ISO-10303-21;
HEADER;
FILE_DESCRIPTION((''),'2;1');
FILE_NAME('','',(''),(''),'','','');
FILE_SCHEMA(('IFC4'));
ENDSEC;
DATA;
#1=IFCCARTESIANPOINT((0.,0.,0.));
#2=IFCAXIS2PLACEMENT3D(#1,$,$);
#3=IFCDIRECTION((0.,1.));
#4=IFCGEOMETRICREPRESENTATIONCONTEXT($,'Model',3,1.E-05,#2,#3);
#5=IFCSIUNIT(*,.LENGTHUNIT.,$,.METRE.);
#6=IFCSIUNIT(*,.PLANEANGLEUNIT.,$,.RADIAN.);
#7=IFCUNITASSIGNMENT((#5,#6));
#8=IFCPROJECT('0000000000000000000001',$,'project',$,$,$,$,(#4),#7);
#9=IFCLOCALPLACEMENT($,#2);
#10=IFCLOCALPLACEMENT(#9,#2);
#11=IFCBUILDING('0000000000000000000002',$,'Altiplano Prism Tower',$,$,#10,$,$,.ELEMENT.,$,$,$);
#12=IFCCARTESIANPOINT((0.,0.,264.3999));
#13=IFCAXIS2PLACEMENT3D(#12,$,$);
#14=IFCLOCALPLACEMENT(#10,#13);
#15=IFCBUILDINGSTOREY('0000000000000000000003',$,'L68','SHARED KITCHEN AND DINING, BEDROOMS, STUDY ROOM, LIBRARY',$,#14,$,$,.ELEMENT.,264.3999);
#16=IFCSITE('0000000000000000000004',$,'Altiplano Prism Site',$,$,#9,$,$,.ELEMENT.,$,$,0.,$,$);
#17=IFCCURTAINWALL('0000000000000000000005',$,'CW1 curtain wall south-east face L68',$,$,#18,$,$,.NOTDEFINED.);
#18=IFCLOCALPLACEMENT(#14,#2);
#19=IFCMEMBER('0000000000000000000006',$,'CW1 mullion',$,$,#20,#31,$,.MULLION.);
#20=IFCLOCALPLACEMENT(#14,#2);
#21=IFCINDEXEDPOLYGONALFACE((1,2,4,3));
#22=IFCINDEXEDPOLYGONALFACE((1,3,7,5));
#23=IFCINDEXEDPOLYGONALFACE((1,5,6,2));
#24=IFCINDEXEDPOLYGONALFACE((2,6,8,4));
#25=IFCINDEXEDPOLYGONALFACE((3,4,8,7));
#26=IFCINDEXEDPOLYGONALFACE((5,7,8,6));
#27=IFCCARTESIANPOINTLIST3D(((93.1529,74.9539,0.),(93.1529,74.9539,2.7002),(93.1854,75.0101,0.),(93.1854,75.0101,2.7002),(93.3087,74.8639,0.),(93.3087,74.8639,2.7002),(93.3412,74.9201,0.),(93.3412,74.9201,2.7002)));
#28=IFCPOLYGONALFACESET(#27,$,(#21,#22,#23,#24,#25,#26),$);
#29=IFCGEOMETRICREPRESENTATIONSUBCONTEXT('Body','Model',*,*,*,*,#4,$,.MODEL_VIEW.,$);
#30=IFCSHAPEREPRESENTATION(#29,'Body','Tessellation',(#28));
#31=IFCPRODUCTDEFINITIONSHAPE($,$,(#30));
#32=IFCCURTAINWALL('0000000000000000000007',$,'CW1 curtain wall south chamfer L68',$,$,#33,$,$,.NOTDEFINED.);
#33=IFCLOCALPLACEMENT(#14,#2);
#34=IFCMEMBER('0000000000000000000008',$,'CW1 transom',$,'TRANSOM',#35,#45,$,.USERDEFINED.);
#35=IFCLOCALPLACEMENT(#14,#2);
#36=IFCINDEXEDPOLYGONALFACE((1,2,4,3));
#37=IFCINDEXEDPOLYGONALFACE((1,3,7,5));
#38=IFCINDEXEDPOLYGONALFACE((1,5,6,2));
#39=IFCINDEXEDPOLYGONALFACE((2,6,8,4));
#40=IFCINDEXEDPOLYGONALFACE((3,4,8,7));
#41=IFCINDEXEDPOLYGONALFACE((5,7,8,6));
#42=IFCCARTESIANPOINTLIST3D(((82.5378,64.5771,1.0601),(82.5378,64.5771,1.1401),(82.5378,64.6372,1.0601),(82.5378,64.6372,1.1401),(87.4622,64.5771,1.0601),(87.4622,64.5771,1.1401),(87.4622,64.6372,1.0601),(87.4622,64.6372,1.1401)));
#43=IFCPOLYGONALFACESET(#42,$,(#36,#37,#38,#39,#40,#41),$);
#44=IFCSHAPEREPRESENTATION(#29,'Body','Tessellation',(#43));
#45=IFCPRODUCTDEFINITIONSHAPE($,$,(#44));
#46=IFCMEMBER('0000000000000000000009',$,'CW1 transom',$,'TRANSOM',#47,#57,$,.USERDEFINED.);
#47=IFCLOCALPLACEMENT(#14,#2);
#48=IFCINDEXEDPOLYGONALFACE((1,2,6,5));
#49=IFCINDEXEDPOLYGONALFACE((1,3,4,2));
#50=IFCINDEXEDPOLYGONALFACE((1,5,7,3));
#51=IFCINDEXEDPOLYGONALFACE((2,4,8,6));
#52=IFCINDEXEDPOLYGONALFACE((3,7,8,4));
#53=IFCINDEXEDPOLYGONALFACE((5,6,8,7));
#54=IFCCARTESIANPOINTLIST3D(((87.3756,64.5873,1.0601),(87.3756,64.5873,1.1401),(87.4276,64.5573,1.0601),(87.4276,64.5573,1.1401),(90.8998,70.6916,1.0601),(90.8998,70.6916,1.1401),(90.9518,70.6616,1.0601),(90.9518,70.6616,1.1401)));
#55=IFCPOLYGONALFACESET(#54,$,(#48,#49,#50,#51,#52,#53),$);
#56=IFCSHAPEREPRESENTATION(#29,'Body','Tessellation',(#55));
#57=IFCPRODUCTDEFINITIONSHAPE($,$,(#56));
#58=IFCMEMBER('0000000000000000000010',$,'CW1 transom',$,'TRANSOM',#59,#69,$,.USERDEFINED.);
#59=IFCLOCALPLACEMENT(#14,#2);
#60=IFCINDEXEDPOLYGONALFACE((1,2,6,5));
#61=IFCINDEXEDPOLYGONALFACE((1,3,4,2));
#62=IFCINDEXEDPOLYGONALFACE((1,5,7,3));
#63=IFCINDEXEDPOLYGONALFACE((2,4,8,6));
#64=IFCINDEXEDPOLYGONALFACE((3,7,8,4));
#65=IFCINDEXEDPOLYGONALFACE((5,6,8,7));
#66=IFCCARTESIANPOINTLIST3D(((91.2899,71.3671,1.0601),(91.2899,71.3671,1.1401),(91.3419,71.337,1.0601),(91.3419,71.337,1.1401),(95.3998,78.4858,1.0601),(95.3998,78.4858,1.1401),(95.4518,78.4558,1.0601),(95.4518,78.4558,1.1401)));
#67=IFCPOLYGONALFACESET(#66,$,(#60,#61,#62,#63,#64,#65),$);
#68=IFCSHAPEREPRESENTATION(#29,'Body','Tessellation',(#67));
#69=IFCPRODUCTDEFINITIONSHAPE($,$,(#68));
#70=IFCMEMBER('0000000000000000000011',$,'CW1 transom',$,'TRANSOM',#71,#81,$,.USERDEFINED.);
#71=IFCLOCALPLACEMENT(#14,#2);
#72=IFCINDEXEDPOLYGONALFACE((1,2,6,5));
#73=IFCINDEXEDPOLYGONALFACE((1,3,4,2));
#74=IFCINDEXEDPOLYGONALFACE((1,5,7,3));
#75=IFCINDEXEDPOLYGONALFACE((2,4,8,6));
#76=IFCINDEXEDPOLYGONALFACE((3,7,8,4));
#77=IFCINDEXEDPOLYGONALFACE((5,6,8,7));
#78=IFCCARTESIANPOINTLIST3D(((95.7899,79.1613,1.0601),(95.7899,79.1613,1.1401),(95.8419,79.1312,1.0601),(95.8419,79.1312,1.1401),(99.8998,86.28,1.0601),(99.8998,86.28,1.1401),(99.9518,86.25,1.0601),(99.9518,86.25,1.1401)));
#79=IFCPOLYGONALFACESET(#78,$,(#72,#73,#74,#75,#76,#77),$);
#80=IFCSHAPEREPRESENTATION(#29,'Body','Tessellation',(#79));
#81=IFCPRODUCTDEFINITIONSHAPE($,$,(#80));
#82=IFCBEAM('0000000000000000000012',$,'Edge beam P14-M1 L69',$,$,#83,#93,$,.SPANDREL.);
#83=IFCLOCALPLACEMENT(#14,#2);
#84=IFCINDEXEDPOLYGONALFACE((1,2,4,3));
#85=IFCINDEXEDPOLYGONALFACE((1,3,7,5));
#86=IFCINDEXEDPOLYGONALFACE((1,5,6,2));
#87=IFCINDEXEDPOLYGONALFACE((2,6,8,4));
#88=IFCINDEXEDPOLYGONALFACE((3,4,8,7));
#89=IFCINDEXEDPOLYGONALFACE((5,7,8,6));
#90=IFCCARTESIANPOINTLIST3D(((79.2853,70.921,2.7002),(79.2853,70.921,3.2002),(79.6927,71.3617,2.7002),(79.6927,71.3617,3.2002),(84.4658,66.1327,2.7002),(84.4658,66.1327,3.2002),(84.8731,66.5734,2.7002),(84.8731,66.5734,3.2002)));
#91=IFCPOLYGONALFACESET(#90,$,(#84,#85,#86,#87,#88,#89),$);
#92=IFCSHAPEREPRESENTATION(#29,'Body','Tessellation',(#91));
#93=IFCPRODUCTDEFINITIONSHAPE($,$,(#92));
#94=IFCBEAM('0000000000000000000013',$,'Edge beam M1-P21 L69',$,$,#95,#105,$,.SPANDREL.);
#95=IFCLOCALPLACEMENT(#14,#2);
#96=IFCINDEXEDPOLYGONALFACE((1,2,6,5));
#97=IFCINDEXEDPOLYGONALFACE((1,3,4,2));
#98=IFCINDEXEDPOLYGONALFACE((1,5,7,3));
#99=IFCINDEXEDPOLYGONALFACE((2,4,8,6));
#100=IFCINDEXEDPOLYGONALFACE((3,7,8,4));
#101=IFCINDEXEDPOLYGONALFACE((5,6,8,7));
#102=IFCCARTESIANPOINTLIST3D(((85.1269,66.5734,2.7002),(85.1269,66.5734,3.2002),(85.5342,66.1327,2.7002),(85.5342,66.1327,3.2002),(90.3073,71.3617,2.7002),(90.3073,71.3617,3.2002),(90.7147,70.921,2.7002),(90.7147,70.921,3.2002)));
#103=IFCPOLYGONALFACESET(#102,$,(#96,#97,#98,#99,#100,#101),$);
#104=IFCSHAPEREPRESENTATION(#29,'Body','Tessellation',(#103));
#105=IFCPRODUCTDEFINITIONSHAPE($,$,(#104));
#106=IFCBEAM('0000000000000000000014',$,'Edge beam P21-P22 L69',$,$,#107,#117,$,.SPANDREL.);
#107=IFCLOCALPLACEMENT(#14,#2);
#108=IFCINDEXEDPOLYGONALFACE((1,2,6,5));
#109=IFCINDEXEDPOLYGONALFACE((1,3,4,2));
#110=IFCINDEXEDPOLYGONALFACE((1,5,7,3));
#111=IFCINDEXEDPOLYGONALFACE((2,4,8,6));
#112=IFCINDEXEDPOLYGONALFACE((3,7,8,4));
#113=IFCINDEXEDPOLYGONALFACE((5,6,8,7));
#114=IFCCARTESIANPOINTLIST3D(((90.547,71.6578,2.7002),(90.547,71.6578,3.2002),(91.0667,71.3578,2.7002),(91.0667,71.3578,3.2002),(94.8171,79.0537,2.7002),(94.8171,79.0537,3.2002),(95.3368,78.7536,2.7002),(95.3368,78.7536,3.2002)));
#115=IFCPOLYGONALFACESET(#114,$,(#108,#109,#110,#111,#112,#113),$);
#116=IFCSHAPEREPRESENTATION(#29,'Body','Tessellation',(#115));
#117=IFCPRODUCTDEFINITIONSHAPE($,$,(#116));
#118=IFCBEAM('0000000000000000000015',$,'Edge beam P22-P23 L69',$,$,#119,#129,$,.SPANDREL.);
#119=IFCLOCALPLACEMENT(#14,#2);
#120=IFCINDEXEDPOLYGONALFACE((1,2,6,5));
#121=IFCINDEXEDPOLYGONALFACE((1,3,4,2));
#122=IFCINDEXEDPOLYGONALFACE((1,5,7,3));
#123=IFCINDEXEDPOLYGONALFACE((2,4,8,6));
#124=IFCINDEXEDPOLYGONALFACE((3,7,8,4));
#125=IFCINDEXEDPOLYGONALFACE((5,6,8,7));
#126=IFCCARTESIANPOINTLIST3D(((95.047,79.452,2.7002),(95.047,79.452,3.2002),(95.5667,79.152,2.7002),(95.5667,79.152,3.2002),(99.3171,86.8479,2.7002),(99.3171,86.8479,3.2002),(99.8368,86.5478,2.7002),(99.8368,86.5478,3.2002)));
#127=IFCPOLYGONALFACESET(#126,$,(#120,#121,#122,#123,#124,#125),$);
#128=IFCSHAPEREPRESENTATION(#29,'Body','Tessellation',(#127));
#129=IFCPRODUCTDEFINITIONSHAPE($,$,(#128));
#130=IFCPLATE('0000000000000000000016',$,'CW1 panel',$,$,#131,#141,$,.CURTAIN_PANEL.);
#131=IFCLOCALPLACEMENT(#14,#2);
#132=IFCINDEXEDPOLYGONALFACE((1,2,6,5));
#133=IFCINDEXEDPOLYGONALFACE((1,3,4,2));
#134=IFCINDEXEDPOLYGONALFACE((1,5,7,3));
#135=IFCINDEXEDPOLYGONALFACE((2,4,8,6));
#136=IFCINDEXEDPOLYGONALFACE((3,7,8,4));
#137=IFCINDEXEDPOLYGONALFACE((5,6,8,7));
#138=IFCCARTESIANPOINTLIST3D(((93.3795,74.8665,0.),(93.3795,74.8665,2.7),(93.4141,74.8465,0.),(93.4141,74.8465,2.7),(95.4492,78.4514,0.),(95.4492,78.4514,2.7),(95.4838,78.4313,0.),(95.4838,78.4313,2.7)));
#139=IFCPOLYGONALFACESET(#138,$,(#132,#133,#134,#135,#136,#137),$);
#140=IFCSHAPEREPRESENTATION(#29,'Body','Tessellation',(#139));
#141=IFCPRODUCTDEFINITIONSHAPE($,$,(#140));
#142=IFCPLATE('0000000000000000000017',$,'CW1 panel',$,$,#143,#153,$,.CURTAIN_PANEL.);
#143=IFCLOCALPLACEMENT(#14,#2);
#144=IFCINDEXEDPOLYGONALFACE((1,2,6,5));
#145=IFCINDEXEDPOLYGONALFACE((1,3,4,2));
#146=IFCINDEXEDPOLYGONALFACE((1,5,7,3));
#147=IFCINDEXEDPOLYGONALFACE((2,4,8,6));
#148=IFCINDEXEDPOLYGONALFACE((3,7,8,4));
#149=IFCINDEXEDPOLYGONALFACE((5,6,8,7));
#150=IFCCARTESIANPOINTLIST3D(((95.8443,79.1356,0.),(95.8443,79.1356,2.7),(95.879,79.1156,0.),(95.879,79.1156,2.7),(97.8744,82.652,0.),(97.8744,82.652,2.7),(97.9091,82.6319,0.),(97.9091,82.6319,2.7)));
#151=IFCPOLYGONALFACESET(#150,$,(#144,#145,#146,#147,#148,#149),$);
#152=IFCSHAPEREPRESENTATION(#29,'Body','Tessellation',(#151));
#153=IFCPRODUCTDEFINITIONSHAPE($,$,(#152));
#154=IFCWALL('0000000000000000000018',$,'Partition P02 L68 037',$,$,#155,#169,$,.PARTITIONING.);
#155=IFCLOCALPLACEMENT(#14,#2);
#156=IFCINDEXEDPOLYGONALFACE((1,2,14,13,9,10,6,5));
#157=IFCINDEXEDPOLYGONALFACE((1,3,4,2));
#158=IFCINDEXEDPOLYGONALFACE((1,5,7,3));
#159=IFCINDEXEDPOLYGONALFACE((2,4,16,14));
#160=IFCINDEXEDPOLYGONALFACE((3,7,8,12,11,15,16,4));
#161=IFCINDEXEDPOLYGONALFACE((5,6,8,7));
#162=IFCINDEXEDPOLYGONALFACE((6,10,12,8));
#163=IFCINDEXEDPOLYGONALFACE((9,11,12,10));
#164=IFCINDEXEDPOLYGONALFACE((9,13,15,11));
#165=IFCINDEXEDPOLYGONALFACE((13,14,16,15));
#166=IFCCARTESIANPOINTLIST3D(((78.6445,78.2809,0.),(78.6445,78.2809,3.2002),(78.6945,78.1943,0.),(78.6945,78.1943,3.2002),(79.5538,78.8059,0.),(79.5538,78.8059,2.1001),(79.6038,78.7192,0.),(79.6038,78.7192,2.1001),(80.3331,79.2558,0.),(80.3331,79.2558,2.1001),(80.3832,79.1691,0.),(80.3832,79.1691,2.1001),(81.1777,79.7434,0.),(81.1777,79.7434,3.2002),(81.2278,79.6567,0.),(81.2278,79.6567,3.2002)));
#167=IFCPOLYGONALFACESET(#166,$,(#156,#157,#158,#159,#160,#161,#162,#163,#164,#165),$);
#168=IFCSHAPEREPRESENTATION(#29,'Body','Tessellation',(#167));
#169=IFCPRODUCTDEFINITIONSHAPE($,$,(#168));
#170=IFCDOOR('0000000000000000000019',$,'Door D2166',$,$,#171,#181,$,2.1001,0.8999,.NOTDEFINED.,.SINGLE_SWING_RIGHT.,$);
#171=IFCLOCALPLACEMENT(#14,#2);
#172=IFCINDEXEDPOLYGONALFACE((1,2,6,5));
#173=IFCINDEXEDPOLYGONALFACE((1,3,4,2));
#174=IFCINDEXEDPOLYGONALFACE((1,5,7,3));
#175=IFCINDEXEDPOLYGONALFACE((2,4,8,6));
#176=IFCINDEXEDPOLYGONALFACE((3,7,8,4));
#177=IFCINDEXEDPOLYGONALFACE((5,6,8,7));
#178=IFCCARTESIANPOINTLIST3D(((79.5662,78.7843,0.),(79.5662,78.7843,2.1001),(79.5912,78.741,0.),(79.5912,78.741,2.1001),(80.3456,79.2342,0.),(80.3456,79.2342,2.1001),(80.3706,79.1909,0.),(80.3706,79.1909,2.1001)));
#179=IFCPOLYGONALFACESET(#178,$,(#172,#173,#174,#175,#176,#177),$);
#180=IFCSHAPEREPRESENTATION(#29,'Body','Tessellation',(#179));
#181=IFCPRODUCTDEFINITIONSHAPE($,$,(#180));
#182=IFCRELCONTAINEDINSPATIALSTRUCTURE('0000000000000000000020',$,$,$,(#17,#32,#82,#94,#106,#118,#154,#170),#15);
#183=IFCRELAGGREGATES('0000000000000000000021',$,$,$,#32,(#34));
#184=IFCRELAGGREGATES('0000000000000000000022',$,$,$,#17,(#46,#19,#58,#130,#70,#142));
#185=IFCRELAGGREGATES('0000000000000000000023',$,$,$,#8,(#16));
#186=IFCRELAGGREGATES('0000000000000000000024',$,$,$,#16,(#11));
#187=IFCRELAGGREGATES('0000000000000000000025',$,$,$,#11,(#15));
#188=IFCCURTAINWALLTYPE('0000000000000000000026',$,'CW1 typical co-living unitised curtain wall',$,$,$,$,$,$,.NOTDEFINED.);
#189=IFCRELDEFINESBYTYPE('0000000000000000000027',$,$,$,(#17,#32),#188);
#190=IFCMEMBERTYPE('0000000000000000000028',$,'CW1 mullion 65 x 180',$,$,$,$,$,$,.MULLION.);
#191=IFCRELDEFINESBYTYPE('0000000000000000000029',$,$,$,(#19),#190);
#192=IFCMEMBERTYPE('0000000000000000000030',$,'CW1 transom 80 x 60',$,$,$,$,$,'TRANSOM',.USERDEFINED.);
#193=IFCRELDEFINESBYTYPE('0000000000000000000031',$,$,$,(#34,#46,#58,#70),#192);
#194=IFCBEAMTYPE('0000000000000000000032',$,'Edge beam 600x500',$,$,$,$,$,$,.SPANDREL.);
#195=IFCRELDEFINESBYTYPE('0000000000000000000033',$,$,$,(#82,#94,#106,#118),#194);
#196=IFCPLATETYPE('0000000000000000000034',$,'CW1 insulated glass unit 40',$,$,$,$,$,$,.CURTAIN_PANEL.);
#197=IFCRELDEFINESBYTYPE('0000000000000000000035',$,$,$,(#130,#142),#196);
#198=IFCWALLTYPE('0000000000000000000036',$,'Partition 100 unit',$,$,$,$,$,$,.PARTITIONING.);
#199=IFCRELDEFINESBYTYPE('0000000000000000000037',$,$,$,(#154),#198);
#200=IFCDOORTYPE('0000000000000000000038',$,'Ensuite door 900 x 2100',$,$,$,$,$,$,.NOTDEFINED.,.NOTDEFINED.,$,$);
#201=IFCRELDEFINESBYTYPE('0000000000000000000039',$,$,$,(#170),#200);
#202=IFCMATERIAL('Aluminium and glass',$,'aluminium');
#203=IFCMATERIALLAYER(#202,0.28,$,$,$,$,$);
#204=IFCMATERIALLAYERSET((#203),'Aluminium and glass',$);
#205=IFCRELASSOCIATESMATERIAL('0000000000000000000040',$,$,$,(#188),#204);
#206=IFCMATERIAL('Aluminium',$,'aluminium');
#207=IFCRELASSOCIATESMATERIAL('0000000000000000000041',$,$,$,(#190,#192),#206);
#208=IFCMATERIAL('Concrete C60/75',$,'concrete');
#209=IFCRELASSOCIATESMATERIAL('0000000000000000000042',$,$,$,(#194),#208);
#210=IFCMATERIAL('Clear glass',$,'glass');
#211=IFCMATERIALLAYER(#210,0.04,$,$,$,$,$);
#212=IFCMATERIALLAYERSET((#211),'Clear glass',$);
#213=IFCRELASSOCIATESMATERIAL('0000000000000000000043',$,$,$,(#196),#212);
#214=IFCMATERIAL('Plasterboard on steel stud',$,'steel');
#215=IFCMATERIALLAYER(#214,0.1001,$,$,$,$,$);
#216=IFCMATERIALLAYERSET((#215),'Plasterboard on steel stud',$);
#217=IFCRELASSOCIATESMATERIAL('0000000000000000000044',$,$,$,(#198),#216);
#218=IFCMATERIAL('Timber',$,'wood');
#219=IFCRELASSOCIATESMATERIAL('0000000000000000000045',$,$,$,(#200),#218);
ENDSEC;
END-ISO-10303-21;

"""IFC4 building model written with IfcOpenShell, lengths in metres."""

from ifc_helpers import new_model, si_unit, direction, frame, frame_2d, origin, origin_2d, place, context, subcontext, project, spatial, rectangle, extrude, material, layer, layer_set, material_profile, profile_set, type_object, element, fill, aggregate, save


model = new_model("IFC4")

# Units and contexts
model_context = context("Model", 3, precision=1e-05, world=origin(), true_north=direction((0.0, 1.0)))
body_context = subcontext(model_context, "Body", "Model", "MODEL_VIEW")
ifc_project = project(units=[si_unit("LENGTHUNIT", "METRE"), si_unit("PLANEANGLEUNIT", "RADIAN")], contexts=[model_context])

# Site, building, storey
site_placement = place(None, origin())
site = spatial("IfcSite", under=ifc_project, at=site_placement, Name="Altiplano Prism Site", CompositionType="ELEMENT", RefElevation=0.0)
building_placement = place(site_placement, origin())
building = spatial("IfcBuilding", under=site, at=building_placement, Name="Altiplano Prism Tower", CompositionType="ELEMENT")
storey_placement = place(building_placement, frame((0.0, 0.0, 264.3999)))
storey = spatial("IfcBuildingStorey", under=building, at=storey_placement, Name="L68", Description="SHARED KITCHEN AND DINING, BEDROOMS, STUDY ROOM, LIBRARY", CompositionType="ELEMENT", Elevation=264.3999)

# Curtain walls, members
ifc_material_1 = material(Name="Aluminium and glass", Category="aluminium")
ifc_layer_1 = layer(ifc_material_1, 0.28)
ifc_layer_set_1 = layer_set([ifc_layer_1], Name="Aluminium and glass")
curtain_wall_type = type_object("IfcCurtainWallType", Name="CW1 typical co-living unitised curtain wall", PredefinedType="NOTDEFINED", material=ifc_layer_set_1)
curtain_wall_1_placement = place(storey_placement, origin())
curtain_wall_1 = element("IfcCurtainWall", 1, at=curtain_wall_1_placement, inside=storey, type_object=curtain_wall_type, Name="CW1 curtain wall south-east face L68", PredefinedType="NOTDEFINED")
ifc_material_2 = material(Name="Aluminium", Category="aluminium")
ifc_material_profile_1 = material_profile(ifc_material_2, rectangle(XDim=0.1799, YDim=0.0649, at=origin_2d()), Name="CW1 mullion 65 x 180")
ifc_profile_set_1 = profile_set([ifc_material_profile_1], Name="Aluminium")
member_type_1 = type_object("IfcMemberType", Name="CW1 mullion 65 x 180", PredefinedType="MULLION", material=ifc_profile_set_1)
member_1_placement = place(storey_placement, frame((93.2471, 74.937, 0.0), z_axis=(0.0, 0.0, 1.0), x_axis=(-0.866025, 0.5, 0.0)))
member_1 = element("IfcMember", 2, at=member_1_placement, type_object=member_type_1, Name="CW1 mullion", PredefinedType="MULLION", context=body_context, shape_type="SweptSolid", body=[
    extrude(rectangle(XDim=0.1799, YDim=0.0649, at=origin_2d()), origin(), (0.0, 0.0, 1.0), 2.7002),
])
curtain_wall_2_placement = place(storey_placement, origin())
curtain_wall_2 = element("IfcCurtainWall", 3, at=curtain_wall_2_placement, inside=storey, type_object=curtain_wall_type, Name="CW1 curtain wall south chamfer L68", PredefinedType="NOTDEFINED")
ifc_material_profile_2 = material_profile(ifc_material_2, rectangle(XDim=0.0601, YDim=0.0801, at=origin_2d()), Name="CW1 transom 80 x 60")
ifc_profile_set_2 = profile_set([ifc_material_profile_2], Name="Aluminium")
member_type_2 = type_object("IfcMemberType", Name="CW1 transom 80 x 60", ElementType="TRANSOM", PredefinedType="USERDEFINED", material=ifc_profile_set_2)
member_2_placement = place(storey_placement, frame((82.5378, 64.6072, 1.1001), z_axis=(1.0, 0.0, 0.0), x_axis=(0.0, 1.0, 0.0)))
member_2 = element("IfcMember", 4, at=member_2_placement, type_object=member_type_2, Name="CW1 transom", ObjectType="TRANSOM", PredefinedType="USERDEFINED", context=body_context, shape_type="SweptSolid", body=[
    extrude(rectangle(XDim=0.0601, YDim=0.0801, at=origin_2d()), origin(), (0.0, 0.0, 1.0), 4.9243),
])
aggregate(curtain_wall_2, [member_2])

# Members
member_3_placement = place(storey_placement, frame((87.4016, 64.5723, 1.1001), z_axis=(0.499987, 0.866033, 0.0), x_axis=(-0.866033, 0.499987, 0.0)))
member_3 = element("IfcMember", 5, at=member_3_placement, type_object=member_type_2, Name="CW1 transom", ObjectType="TRANSOM", PredefinedType="USERDEFINED", context=body_context, shape_type="SweptSolid", body=[
    extrude(rectangle(XDim=0.0601, YDim=0.0801, at=origin_2d()), origin(), (0.0, 0.0, 1.0), 7.0486),
])
member_4_placement = place(storey_placement, frame((91.3159, 71.3521, 1.1001), z_axis=(0.499992, 0.86603, 0.0), x_axis=(-0.86603, 0.499992, 0.0)))
member_4 = element("IfcMember", 6, at=member_4_placement, type_object=member_type_2, Name="CW1 transom", ObjectType="TRANSOM", PredefinedType="USERDEFINED", context=body_context, shape_type="SweptSolid", body=[
    extrude(rectangle(XDim=0.0601, YDim=0.0801, at=origin_2d()), origin(), (0.0, 0.0, 1.0), 8.22),
])
member_5_placement = place(storey_placement, frame((95.8159, 79.1462, 1.1001), z_axis=(0.499992, 0.86603, 0.0), x_axis=(-0.86603, 0.499992, 0.0)))
member_5 = element("IfcMember", 7, at=member_5_placement, type_object=member_type_2, Name="CW1 transom", ObjectType="TRANSOM", PredefinedType="USERDEFINED", context=body_context, shape_type="SweptSolid", body=[
    extrude(rectangle(XDim=0.0601, YDim=0.0801, at=origin_2d()), origin(), (0.0, 0.0, 1.0), 8.22),
])

# Beams
ifc_material_3 = material(Name="Concrete C60/75", Category="concrete")
ifc_material_profile_3 = material_profile(ifc_material_3, rectangle(XDim=0.6001, YDim=0.5, at=origin_2d()), Name="Edge beam 600x500")
ifc_profile_set_3 = profile_set([ifc_material_profile_3], Name="Concrete C60/75")
beam_type = type_object("IfcBeamType", Name="Edge beam 600x500", PredefinedType="SPANDREL", material=ifc_profile_set_3)
for number, where, z_axis, x_axis, name in (
    (8, (79.489, 71.1414, 2.9502), (0.734351, -0.67877, 0.0), (0.67877, 0.734351, 0.0), "Edge beam P14-M1 L69"),
    (9, (85.3306, 66.353, 2.9502), (0.734351, 0.67877, 0.0), (-0.67877, 0.734351, 0.0), "Edge beam M1-P21 L69"),
):
    element("IfcBeam", number, at=place(storey_placement, frame(where, z_axis=z_axis, x_axis=x_axis)), inside=storey, type_object=beam_type, Name=name, PredefinedType="SPANDREL", context=body_context, shape_type="SweptSolid", body=[
        extrude(rectangle(XDim=0.6001, YDim=0.5, at=origin_2d()), origin(), (0.0, 0.0, 1.0), 7.0544),
    ])
for number, where, z_axis, x_axis, name in (
    (10, (90.8069, 71.5078, 2.9502), (0.500007, 0.866021, 0.0), (-0.866021, 0.500007, 0.0), "Edge beam P21-P22 L69"),
    (11, (95.3069, 79.302, 2.9502), (0.500007, 0.866021, 0.0), (-0.866021, 0.500007, 0.0), "Edge beam P22-P23 L69"),
):
    element("IfcBeam", number, at=place(storey_placement, frame(where, z_axis=z_axis, x_axis=x_axis)), inside=storey, type_object=beam_type, Name=name, PredefinedType="SPANDREL", context=body_context, shape_type="SweptSolid", body=[
        extrude(rectangle(XDim=0.6001, YDim=0.5, at=origin_2d()), origin(), (0.0, 0.0, 1.0), 8.54),
    ])

# Plates
ifc_material_4 = material(Name="Clear glass", Category="glass")
ifc_layer_2 = layer(ifc_material_4, 0.04)
ifc_layer_set_2 = layer_set([ifc_layer_2], Name="Clear glass")
plate_type = type_object("IfcPlateType", Name="CW1 insulated glass unit 40", PredefinedType="CURTAIN_PANEL", material=ifc_layer_set_2)
plate_1_placement = place(storey_placement, frame((94.4316, 76.6489, 0.0), z_axis=(0.0, 0.0, 1.0), x_axis=(0.5, 0.866025, 0.0)))
plate_1 = element("IfcPlate", 12, at=plate_1_placement, type_object=plate_type, Name="CW1 panel", PredefinedType="CURTAIN_PANEL", context=body_context, shape_type="SweptSolid", body=[
    extrude(rectangle(XDim=4.1394, YDim=0.04, at=origin_2d()), origin(), (0.0, 0.0, 1.0), 2.7),
])
plate_2_placement = place(storey_placement, frame((96.8767, 80.8838, 0.0), z_axis=(0.0, 0.0, 1.0), x_axis=(0.5, 0.866025, 0.0)))
plate_2 = element("IfcPlate", 13, at=plate_2_placement, type_object=plate_type, Name="CW1 panel", PredefinedType="CURTAIN_PANEL", context=body_context, shape_type="SweptSolid", body=[
    extrude(rectangle(XDim=4.0603, YDim=0.04, at=origin_2d()), origin(), (0.0, 0.0, 1.0), 2.7),
])
aggregate(curtain_wall_1, [member_3, member_1, member_4, plate_1, member_5, plate_2])

# Wall, opening, door
ifc_material_5 = material(Name="Plasterboard on steel stud", Category="steel")
ifc_layer_3 = layer(ifc_material_5, 0.1001)
ifc_layer_set_3 = layer_set([ifc_layer_3], Name="Plasterboard on steel stud")
wall_type_1 = type_object("IfcWallType", Name="Partition 100 unit", PredefinedType="PARTITIONING", material=ifc_layer_set_3)
wall_1_placement = place(storey_placement, frame((81.2026, 79.7, 0.0), z_axis=(0.0, 0.0, 1.0), x_axis=(-0.866047, -0.499963, 0.0)))
wall_1 = element("IfcWall", 14, at=wall_1_placement, inside=storey, type_object=wall_type_1, Name="Partition P02 L68 037", PredefinedType="PARTITIONING", context=body_context, shape_type="SweptSolid", body=[
    extrude(rectangle(XDim=2.925, YDim=0.1001, at=frame_2d((1.4624, 0.0))), origin(), (0.0, 0.0, 1.0), 3.2002),
])
opening_1_placement = place(wall_1_placement, frame((0.9751, 0.0, 0.0)))
opening_1 = element("IfcOpeningElement", 15, at=opening_1_placement, cuts=wall_1, PredefinedType="OPENING", context=body_context, shape_type="SweptSolid", body=[
    extrude(rectangle(XDim=0.8999, YDim=2.1001, at=frame_2d((0.45, 1.05))), frame((0.0, 0.0605, 0.0), z_axis=(0.0, -1.0, 0.0), x_axis=(1.0, 0.0, 0.0)), (0.0, 0.0, 1.0), 0.1211),
])
ifc_material_6 = material(Name="Timber", Category="wood")
door_type_1 = type_object("IfcDoorType", Name="Ensuite door 900 x 2100", OperationType="NOTDEFINED", PredefinedType="NOTDEFINED", material=ifc_material_6)
door_1_placement = place(opening_1_placement, origin())
door_1 = element("IfcDoor", 16, at=door_1_placement, inside=storey, type_object=door_type_1, Name="Door D2166", OperationType="SINGLE_SWING_RIGHT", OverallHeight=2.1001, OverallWidth=0.8999, PredefinedType="NOTDEFINED", context=body_context, shape_type="SweptSolid", body=[
    extrude(rectangle(XDim=0.8999, YDim=2.1001, at=frame_2d((0.45, 1.05))), frame((0.0, 0.0249, 0.0), z_axis=(0.0, -1.0, 0.0), x_axis=(1.0, 0.0, 0.0)), (0.0, 0.0, 1.0), 0.05),
])
fill(opening_1, door_1)

save(model, "model.ifc")
